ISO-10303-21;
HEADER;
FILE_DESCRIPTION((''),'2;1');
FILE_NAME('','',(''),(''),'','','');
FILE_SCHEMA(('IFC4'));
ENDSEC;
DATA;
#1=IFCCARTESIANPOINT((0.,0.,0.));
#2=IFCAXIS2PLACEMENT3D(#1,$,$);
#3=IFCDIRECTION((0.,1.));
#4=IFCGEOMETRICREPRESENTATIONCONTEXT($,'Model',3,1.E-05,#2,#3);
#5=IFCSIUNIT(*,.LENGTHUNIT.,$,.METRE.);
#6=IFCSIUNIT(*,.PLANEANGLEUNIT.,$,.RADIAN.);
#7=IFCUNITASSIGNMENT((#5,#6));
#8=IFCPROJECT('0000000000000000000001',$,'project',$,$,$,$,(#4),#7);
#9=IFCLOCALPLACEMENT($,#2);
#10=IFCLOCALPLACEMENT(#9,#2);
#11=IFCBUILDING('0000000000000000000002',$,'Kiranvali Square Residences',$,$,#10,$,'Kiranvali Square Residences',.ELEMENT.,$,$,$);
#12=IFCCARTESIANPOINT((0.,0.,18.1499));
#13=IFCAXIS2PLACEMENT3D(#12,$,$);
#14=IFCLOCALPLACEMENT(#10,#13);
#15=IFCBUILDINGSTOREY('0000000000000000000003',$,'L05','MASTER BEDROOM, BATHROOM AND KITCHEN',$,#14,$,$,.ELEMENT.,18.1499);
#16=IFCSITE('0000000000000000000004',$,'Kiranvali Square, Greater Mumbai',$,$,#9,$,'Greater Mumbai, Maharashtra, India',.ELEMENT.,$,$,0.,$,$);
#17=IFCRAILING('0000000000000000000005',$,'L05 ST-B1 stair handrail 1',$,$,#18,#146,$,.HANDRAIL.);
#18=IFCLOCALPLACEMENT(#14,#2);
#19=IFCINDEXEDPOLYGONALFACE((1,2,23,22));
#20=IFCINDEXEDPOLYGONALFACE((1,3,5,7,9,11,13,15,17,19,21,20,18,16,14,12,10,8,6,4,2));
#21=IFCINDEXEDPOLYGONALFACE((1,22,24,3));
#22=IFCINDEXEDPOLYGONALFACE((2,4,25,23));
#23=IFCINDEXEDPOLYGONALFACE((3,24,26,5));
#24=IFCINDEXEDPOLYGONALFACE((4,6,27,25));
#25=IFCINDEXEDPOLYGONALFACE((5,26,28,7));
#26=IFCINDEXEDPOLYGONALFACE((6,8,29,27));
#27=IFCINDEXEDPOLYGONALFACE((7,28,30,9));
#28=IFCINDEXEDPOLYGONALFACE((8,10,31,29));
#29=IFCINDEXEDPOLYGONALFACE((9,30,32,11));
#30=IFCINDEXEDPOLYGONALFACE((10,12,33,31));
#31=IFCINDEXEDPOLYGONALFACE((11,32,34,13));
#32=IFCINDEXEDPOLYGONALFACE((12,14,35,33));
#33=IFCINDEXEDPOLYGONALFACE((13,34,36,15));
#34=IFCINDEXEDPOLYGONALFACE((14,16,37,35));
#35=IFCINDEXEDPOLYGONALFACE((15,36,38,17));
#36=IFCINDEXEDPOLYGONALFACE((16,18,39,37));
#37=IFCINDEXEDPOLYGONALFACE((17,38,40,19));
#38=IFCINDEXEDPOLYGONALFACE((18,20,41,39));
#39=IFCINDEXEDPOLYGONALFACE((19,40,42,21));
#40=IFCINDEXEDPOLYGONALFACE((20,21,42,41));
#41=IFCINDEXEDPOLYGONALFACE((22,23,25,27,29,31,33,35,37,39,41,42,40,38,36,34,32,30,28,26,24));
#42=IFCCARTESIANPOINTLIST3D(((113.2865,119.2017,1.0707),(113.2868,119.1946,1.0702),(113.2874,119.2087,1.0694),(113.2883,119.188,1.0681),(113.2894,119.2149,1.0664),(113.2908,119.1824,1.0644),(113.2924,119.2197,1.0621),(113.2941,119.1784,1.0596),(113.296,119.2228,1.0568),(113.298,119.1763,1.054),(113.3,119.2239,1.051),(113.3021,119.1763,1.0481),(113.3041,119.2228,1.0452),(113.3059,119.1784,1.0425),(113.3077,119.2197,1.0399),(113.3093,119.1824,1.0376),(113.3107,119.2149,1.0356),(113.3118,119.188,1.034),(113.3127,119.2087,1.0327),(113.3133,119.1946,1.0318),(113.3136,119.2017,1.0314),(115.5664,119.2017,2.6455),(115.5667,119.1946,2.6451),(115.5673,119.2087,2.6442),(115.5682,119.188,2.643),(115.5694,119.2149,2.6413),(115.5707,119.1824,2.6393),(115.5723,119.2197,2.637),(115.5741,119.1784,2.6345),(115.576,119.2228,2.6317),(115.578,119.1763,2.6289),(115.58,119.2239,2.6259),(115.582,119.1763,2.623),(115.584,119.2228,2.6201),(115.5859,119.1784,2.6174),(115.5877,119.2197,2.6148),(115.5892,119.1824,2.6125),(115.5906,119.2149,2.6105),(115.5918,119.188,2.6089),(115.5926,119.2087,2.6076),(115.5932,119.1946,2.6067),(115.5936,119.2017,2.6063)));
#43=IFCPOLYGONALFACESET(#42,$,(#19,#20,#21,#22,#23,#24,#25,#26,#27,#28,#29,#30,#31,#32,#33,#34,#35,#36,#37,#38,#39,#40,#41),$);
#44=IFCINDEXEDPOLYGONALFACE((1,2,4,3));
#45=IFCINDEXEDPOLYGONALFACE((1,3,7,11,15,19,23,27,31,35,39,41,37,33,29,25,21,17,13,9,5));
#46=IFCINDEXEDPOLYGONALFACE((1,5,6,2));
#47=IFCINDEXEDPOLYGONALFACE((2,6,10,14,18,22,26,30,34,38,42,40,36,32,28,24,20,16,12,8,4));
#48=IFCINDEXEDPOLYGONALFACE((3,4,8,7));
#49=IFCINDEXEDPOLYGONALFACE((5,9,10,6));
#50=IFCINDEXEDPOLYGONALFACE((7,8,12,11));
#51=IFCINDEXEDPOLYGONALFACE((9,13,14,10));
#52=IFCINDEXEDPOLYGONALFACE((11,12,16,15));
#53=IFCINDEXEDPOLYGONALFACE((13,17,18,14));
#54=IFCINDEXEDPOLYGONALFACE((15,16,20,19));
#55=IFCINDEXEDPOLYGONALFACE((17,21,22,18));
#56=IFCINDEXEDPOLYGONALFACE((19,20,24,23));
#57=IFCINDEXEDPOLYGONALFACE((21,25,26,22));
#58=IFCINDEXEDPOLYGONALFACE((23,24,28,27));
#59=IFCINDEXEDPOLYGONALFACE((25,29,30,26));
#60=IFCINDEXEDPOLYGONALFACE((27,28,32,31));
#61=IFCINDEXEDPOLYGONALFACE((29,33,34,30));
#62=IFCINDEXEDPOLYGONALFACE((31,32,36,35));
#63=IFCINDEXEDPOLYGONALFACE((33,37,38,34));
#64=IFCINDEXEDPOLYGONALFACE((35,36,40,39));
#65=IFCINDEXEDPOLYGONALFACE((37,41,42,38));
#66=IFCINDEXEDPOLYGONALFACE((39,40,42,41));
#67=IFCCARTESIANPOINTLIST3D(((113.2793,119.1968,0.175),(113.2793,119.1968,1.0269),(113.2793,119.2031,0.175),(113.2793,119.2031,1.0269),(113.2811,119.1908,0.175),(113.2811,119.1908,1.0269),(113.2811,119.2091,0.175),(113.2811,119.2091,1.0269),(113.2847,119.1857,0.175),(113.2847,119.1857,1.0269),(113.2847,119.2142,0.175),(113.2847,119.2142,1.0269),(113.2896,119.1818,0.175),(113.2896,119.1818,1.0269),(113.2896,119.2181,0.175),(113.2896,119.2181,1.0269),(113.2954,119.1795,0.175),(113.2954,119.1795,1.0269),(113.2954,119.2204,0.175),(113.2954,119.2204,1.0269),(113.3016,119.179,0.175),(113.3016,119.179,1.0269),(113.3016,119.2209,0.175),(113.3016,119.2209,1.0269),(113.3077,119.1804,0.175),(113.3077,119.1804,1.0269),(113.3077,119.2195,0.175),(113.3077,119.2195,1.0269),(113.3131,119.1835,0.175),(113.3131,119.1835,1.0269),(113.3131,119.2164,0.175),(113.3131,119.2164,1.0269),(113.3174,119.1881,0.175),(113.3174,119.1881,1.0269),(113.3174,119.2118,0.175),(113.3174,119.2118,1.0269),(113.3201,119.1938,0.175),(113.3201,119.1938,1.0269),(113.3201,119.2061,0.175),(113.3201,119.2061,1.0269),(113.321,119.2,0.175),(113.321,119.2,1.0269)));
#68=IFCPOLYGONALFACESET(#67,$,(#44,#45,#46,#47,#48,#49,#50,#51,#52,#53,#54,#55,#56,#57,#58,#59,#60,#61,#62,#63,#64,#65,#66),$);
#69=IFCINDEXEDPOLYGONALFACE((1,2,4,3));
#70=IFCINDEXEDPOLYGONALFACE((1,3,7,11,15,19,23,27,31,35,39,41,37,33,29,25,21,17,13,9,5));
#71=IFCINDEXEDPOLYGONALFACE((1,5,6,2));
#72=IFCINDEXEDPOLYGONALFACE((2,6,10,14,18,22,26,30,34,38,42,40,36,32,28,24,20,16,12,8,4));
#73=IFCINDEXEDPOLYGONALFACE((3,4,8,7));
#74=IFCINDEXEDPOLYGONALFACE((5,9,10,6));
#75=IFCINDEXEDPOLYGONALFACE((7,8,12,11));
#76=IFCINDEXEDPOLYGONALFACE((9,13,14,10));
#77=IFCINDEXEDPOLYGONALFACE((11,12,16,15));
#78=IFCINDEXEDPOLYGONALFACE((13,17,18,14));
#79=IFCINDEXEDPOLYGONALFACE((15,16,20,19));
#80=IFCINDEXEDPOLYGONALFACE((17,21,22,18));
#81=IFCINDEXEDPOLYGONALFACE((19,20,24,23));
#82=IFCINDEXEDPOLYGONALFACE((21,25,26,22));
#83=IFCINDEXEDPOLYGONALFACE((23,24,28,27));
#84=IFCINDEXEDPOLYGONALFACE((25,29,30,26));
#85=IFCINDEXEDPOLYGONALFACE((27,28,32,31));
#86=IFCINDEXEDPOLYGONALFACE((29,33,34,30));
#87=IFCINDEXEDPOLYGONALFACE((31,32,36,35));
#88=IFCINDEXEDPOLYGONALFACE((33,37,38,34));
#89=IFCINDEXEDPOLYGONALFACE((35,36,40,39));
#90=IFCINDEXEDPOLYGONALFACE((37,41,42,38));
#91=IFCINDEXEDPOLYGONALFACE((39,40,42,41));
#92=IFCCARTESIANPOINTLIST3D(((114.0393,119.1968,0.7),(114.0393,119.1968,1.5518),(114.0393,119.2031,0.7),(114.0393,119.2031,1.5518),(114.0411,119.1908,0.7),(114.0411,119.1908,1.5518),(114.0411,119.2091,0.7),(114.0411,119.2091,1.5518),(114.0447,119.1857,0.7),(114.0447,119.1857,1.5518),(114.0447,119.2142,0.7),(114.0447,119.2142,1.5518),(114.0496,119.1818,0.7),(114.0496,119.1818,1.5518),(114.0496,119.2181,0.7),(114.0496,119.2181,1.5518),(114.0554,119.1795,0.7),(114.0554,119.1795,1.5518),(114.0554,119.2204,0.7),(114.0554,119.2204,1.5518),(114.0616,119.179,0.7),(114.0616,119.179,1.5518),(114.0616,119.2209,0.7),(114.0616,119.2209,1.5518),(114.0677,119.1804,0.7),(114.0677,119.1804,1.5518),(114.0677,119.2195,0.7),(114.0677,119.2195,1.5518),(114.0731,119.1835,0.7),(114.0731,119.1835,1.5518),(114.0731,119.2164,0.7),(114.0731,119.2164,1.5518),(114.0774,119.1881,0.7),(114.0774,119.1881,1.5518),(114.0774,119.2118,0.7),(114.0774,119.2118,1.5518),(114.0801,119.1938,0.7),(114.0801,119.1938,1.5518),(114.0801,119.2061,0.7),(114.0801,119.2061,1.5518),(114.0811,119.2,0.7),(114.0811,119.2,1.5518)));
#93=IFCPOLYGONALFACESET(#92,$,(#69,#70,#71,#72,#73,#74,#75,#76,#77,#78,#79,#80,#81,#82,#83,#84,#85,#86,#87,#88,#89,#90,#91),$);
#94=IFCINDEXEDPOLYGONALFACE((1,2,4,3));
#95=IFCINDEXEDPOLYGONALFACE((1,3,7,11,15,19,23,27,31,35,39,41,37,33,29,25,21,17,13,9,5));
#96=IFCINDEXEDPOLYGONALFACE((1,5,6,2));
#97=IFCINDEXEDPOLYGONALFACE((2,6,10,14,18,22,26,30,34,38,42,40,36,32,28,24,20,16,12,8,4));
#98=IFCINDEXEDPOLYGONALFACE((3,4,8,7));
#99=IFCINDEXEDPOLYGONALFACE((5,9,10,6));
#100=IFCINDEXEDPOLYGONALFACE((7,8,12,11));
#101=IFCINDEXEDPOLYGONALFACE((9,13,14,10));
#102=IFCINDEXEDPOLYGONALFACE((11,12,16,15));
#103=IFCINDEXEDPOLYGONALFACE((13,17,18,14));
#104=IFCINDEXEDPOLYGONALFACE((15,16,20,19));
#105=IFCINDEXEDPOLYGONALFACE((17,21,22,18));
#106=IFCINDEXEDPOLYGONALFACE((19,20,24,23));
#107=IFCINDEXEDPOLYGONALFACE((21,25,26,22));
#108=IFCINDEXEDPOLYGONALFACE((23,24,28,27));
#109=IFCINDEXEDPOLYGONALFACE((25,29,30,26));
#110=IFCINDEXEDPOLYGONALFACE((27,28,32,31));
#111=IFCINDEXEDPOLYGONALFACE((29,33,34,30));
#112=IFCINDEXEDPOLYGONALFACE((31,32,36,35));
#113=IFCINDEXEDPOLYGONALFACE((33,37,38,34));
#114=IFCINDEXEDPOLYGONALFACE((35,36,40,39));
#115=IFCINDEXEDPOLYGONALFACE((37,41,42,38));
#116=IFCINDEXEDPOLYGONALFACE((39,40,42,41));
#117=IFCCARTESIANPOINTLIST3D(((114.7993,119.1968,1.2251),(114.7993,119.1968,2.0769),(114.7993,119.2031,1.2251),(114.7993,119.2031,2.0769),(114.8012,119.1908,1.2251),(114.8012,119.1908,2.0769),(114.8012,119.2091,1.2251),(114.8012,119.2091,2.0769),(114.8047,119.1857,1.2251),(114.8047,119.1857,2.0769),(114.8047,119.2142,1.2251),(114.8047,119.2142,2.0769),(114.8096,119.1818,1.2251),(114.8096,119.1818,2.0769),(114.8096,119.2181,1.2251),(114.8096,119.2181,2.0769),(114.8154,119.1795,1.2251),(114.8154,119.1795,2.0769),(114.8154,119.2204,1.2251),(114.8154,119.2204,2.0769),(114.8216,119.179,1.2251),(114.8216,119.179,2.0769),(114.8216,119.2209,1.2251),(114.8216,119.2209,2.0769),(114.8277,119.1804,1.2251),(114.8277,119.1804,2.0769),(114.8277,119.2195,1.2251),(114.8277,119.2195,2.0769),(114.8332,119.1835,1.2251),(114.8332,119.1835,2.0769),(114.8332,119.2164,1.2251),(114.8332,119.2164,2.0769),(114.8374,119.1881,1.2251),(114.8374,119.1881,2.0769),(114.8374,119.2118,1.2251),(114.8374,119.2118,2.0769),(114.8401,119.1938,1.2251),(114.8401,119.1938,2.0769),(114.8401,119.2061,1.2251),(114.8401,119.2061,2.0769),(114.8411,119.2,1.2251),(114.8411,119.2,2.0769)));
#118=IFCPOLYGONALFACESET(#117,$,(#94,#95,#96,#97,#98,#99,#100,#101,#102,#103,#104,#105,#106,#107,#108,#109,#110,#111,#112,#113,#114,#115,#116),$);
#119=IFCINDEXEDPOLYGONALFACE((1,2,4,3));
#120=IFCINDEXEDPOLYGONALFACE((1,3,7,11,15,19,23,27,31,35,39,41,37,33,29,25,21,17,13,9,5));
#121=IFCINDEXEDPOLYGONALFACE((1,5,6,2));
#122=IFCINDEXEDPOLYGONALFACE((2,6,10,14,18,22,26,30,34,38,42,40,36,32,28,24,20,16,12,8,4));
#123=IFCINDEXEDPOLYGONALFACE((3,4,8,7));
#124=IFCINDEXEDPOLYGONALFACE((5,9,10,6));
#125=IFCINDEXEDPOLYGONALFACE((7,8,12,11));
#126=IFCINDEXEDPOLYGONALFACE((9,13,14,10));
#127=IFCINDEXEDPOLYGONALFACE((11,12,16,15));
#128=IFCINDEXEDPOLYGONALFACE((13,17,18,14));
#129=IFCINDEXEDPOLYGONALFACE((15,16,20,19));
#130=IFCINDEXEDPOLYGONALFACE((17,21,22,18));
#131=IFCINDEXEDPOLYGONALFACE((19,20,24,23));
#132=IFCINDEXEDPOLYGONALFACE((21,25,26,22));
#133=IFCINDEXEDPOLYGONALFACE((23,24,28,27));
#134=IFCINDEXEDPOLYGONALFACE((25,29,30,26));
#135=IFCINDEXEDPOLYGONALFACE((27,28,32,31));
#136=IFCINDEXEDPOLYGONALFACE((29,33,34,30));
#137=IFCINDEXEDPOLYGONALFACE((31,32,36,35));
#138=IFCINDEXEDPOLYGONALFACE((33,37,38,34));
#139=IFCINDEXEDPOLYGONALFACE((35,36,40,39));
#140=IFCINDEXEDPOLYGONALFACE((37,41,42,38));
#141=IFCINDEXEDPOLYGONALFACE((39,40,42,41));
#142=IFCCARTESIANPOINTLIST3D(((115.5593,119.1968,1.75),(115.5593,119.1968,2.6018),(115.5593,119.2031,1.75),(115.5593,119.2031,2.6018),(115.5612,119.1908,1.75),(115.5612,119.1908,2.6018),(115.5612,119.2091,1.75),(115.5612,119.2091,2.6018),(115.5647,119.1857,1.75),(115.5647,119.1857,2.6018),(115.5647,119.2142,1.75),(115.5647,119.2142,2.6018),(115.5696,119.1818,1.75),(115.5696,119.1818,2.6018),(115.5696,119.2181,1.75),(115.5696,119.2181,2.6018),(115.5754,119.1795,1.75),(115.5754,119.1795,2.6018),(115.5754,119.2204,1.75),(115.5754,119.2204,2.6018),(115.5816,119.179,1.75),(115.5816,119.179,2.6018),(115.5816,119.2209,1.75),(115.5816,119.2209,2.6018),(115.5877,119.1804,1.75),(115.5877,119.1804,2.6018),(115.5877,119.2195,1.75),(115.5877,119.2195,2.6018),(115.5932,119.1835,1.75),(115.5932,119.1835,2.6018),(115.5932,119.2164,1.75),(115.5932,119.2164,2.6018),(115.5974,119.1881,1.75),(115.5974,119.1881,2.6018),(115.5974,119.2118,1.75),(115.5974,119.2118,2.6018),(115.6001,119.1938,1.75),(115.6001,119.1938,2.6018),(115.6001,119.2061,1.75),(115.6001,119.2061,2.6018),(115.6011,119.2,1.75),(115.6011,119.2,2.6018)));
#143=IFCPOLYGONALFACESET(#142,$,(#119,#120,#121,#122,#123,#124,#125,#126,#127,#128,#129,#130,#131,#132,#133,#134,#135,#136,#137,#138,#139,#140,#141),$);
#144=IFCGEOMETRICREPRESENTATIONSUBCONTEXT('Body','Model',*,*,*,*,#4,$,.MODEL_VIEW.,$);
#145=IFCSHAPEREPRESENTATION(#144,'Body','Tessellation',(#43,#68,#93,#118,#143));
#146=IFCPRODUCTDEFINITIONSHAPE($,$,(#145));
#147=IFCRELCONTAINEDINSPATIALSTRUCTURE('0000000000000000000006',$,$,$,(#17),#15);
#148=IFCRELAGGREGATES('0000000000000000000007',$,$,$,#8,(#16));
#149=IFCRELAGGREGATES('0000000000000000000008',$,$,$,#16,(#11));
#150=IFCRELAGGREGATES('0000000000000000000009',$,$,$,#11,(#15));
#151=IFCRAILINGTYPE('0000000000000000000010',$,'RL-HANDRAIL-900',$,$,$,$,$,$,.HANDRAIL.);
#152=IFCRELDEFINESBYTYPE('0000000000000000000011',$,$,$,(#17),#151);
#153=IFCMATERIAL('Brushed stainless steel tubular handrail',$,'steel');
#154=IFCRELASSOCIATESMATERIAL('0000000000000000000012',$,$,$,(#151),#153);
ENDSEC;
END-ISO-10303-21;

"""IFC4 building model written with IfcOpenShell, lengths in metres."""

from ifc_helpers import new_model, si_unit, direction, frame, origin, origin_2d, place, context, subcontext, project, spatial, circle, extrude, material, type_object, element, save


model = new_model("IFC4")

# Units and contexts
model_context = context("Model", 3, precision=1e-05, world=origin(), true_north=direction((0.0, 1.0)))
body_context = subcontext(model_context, "Body", "Model", "MODEL_VIEW")
ifc_project = project(units=[si_unit("LENGTHUNIT", "METRE"), si_unit("PLANEANGLEUNIT", "RADIAN")], contexts=[model_context])

# Site, building, storey
site_placement = place(None, origin())
site = spatial("IfcSite", under=ifc_project, at=site_placement, Name="Kiranvali Square, Greater Mumbai", LongName="Greater Mumbai, Maharashtra, India", CompositionType="ELEMENT", RefElevation=0.0)
building_placement = place(site_placement, origin())
building = spatial("IfcBuilding", under=site, at=building_placement, Name="Kiranvali Square Residences", LongName="Kiranvali Square Residences", CompositionType="ELEMENT")
storey_placement = place(building_placement, frame((0.0, 0.0, 18.1499)))
storey = spatial("IfcBuildingStorey", under=building, at=storey_placement, Name="L05", Description="MASTER BEDROOM, BATHROOM AND KITCHEN", CompositionType="ELEMENT", Elevation=18.1499)

# Railing
ifc_material_1 = material(Name="Brushed stainless steel tubular handrail", Category="steel")
railing_type_1 = type_object("IfcRailingType", Name="RL-HANDRAIL-900", PredefinedType="HANDRAIL", material=ifc_material_1)
railing_1_placement = place(storey_placement, frame((113.3, 119.2, 0.175)))
element("IfcRailing", 1, at=railing_1_placement, inside=storey, type_object=railing_type_1, Name="L05 ST-B1 stair handrail 1", PredefinedType="HANDRAIL", context=body_context, shape_type="SweptSolid", body=[
    extrude(circle(Radius=0.0239, at=origin_2d()), frame((0.0, 0.0, 0.876), z_axis=(0.822788, 0.0, 0.568348), x_axis=(0.0, 1.0, 0.0)), (0.0, 0.0, 1.0), 2.771),
    extrude(circle(Radius=0.021, at=origin_2d()), origin(), (0.0, 0.0, 1.0), 0.8518),
    extrude(circle(Radius=0.021, at=origin_2d()), frame((0.76, 0.0, 0.5249)), (0.0, 0.0, 1.0), 0.8518),
    extrude(circle(Radius=0.021, at=origin_2d()), frame((1.52, 0.0, 1.05)), (0.0, 0.0, 1.0), 0.8518),
    extrude(circle(Radius=0.021, at=origin_2d()), frame((2.28, 0.0, 1.575)), (0.0, 0.0, 1.0), 0.8518),
])

save(model, "model.ifc")
